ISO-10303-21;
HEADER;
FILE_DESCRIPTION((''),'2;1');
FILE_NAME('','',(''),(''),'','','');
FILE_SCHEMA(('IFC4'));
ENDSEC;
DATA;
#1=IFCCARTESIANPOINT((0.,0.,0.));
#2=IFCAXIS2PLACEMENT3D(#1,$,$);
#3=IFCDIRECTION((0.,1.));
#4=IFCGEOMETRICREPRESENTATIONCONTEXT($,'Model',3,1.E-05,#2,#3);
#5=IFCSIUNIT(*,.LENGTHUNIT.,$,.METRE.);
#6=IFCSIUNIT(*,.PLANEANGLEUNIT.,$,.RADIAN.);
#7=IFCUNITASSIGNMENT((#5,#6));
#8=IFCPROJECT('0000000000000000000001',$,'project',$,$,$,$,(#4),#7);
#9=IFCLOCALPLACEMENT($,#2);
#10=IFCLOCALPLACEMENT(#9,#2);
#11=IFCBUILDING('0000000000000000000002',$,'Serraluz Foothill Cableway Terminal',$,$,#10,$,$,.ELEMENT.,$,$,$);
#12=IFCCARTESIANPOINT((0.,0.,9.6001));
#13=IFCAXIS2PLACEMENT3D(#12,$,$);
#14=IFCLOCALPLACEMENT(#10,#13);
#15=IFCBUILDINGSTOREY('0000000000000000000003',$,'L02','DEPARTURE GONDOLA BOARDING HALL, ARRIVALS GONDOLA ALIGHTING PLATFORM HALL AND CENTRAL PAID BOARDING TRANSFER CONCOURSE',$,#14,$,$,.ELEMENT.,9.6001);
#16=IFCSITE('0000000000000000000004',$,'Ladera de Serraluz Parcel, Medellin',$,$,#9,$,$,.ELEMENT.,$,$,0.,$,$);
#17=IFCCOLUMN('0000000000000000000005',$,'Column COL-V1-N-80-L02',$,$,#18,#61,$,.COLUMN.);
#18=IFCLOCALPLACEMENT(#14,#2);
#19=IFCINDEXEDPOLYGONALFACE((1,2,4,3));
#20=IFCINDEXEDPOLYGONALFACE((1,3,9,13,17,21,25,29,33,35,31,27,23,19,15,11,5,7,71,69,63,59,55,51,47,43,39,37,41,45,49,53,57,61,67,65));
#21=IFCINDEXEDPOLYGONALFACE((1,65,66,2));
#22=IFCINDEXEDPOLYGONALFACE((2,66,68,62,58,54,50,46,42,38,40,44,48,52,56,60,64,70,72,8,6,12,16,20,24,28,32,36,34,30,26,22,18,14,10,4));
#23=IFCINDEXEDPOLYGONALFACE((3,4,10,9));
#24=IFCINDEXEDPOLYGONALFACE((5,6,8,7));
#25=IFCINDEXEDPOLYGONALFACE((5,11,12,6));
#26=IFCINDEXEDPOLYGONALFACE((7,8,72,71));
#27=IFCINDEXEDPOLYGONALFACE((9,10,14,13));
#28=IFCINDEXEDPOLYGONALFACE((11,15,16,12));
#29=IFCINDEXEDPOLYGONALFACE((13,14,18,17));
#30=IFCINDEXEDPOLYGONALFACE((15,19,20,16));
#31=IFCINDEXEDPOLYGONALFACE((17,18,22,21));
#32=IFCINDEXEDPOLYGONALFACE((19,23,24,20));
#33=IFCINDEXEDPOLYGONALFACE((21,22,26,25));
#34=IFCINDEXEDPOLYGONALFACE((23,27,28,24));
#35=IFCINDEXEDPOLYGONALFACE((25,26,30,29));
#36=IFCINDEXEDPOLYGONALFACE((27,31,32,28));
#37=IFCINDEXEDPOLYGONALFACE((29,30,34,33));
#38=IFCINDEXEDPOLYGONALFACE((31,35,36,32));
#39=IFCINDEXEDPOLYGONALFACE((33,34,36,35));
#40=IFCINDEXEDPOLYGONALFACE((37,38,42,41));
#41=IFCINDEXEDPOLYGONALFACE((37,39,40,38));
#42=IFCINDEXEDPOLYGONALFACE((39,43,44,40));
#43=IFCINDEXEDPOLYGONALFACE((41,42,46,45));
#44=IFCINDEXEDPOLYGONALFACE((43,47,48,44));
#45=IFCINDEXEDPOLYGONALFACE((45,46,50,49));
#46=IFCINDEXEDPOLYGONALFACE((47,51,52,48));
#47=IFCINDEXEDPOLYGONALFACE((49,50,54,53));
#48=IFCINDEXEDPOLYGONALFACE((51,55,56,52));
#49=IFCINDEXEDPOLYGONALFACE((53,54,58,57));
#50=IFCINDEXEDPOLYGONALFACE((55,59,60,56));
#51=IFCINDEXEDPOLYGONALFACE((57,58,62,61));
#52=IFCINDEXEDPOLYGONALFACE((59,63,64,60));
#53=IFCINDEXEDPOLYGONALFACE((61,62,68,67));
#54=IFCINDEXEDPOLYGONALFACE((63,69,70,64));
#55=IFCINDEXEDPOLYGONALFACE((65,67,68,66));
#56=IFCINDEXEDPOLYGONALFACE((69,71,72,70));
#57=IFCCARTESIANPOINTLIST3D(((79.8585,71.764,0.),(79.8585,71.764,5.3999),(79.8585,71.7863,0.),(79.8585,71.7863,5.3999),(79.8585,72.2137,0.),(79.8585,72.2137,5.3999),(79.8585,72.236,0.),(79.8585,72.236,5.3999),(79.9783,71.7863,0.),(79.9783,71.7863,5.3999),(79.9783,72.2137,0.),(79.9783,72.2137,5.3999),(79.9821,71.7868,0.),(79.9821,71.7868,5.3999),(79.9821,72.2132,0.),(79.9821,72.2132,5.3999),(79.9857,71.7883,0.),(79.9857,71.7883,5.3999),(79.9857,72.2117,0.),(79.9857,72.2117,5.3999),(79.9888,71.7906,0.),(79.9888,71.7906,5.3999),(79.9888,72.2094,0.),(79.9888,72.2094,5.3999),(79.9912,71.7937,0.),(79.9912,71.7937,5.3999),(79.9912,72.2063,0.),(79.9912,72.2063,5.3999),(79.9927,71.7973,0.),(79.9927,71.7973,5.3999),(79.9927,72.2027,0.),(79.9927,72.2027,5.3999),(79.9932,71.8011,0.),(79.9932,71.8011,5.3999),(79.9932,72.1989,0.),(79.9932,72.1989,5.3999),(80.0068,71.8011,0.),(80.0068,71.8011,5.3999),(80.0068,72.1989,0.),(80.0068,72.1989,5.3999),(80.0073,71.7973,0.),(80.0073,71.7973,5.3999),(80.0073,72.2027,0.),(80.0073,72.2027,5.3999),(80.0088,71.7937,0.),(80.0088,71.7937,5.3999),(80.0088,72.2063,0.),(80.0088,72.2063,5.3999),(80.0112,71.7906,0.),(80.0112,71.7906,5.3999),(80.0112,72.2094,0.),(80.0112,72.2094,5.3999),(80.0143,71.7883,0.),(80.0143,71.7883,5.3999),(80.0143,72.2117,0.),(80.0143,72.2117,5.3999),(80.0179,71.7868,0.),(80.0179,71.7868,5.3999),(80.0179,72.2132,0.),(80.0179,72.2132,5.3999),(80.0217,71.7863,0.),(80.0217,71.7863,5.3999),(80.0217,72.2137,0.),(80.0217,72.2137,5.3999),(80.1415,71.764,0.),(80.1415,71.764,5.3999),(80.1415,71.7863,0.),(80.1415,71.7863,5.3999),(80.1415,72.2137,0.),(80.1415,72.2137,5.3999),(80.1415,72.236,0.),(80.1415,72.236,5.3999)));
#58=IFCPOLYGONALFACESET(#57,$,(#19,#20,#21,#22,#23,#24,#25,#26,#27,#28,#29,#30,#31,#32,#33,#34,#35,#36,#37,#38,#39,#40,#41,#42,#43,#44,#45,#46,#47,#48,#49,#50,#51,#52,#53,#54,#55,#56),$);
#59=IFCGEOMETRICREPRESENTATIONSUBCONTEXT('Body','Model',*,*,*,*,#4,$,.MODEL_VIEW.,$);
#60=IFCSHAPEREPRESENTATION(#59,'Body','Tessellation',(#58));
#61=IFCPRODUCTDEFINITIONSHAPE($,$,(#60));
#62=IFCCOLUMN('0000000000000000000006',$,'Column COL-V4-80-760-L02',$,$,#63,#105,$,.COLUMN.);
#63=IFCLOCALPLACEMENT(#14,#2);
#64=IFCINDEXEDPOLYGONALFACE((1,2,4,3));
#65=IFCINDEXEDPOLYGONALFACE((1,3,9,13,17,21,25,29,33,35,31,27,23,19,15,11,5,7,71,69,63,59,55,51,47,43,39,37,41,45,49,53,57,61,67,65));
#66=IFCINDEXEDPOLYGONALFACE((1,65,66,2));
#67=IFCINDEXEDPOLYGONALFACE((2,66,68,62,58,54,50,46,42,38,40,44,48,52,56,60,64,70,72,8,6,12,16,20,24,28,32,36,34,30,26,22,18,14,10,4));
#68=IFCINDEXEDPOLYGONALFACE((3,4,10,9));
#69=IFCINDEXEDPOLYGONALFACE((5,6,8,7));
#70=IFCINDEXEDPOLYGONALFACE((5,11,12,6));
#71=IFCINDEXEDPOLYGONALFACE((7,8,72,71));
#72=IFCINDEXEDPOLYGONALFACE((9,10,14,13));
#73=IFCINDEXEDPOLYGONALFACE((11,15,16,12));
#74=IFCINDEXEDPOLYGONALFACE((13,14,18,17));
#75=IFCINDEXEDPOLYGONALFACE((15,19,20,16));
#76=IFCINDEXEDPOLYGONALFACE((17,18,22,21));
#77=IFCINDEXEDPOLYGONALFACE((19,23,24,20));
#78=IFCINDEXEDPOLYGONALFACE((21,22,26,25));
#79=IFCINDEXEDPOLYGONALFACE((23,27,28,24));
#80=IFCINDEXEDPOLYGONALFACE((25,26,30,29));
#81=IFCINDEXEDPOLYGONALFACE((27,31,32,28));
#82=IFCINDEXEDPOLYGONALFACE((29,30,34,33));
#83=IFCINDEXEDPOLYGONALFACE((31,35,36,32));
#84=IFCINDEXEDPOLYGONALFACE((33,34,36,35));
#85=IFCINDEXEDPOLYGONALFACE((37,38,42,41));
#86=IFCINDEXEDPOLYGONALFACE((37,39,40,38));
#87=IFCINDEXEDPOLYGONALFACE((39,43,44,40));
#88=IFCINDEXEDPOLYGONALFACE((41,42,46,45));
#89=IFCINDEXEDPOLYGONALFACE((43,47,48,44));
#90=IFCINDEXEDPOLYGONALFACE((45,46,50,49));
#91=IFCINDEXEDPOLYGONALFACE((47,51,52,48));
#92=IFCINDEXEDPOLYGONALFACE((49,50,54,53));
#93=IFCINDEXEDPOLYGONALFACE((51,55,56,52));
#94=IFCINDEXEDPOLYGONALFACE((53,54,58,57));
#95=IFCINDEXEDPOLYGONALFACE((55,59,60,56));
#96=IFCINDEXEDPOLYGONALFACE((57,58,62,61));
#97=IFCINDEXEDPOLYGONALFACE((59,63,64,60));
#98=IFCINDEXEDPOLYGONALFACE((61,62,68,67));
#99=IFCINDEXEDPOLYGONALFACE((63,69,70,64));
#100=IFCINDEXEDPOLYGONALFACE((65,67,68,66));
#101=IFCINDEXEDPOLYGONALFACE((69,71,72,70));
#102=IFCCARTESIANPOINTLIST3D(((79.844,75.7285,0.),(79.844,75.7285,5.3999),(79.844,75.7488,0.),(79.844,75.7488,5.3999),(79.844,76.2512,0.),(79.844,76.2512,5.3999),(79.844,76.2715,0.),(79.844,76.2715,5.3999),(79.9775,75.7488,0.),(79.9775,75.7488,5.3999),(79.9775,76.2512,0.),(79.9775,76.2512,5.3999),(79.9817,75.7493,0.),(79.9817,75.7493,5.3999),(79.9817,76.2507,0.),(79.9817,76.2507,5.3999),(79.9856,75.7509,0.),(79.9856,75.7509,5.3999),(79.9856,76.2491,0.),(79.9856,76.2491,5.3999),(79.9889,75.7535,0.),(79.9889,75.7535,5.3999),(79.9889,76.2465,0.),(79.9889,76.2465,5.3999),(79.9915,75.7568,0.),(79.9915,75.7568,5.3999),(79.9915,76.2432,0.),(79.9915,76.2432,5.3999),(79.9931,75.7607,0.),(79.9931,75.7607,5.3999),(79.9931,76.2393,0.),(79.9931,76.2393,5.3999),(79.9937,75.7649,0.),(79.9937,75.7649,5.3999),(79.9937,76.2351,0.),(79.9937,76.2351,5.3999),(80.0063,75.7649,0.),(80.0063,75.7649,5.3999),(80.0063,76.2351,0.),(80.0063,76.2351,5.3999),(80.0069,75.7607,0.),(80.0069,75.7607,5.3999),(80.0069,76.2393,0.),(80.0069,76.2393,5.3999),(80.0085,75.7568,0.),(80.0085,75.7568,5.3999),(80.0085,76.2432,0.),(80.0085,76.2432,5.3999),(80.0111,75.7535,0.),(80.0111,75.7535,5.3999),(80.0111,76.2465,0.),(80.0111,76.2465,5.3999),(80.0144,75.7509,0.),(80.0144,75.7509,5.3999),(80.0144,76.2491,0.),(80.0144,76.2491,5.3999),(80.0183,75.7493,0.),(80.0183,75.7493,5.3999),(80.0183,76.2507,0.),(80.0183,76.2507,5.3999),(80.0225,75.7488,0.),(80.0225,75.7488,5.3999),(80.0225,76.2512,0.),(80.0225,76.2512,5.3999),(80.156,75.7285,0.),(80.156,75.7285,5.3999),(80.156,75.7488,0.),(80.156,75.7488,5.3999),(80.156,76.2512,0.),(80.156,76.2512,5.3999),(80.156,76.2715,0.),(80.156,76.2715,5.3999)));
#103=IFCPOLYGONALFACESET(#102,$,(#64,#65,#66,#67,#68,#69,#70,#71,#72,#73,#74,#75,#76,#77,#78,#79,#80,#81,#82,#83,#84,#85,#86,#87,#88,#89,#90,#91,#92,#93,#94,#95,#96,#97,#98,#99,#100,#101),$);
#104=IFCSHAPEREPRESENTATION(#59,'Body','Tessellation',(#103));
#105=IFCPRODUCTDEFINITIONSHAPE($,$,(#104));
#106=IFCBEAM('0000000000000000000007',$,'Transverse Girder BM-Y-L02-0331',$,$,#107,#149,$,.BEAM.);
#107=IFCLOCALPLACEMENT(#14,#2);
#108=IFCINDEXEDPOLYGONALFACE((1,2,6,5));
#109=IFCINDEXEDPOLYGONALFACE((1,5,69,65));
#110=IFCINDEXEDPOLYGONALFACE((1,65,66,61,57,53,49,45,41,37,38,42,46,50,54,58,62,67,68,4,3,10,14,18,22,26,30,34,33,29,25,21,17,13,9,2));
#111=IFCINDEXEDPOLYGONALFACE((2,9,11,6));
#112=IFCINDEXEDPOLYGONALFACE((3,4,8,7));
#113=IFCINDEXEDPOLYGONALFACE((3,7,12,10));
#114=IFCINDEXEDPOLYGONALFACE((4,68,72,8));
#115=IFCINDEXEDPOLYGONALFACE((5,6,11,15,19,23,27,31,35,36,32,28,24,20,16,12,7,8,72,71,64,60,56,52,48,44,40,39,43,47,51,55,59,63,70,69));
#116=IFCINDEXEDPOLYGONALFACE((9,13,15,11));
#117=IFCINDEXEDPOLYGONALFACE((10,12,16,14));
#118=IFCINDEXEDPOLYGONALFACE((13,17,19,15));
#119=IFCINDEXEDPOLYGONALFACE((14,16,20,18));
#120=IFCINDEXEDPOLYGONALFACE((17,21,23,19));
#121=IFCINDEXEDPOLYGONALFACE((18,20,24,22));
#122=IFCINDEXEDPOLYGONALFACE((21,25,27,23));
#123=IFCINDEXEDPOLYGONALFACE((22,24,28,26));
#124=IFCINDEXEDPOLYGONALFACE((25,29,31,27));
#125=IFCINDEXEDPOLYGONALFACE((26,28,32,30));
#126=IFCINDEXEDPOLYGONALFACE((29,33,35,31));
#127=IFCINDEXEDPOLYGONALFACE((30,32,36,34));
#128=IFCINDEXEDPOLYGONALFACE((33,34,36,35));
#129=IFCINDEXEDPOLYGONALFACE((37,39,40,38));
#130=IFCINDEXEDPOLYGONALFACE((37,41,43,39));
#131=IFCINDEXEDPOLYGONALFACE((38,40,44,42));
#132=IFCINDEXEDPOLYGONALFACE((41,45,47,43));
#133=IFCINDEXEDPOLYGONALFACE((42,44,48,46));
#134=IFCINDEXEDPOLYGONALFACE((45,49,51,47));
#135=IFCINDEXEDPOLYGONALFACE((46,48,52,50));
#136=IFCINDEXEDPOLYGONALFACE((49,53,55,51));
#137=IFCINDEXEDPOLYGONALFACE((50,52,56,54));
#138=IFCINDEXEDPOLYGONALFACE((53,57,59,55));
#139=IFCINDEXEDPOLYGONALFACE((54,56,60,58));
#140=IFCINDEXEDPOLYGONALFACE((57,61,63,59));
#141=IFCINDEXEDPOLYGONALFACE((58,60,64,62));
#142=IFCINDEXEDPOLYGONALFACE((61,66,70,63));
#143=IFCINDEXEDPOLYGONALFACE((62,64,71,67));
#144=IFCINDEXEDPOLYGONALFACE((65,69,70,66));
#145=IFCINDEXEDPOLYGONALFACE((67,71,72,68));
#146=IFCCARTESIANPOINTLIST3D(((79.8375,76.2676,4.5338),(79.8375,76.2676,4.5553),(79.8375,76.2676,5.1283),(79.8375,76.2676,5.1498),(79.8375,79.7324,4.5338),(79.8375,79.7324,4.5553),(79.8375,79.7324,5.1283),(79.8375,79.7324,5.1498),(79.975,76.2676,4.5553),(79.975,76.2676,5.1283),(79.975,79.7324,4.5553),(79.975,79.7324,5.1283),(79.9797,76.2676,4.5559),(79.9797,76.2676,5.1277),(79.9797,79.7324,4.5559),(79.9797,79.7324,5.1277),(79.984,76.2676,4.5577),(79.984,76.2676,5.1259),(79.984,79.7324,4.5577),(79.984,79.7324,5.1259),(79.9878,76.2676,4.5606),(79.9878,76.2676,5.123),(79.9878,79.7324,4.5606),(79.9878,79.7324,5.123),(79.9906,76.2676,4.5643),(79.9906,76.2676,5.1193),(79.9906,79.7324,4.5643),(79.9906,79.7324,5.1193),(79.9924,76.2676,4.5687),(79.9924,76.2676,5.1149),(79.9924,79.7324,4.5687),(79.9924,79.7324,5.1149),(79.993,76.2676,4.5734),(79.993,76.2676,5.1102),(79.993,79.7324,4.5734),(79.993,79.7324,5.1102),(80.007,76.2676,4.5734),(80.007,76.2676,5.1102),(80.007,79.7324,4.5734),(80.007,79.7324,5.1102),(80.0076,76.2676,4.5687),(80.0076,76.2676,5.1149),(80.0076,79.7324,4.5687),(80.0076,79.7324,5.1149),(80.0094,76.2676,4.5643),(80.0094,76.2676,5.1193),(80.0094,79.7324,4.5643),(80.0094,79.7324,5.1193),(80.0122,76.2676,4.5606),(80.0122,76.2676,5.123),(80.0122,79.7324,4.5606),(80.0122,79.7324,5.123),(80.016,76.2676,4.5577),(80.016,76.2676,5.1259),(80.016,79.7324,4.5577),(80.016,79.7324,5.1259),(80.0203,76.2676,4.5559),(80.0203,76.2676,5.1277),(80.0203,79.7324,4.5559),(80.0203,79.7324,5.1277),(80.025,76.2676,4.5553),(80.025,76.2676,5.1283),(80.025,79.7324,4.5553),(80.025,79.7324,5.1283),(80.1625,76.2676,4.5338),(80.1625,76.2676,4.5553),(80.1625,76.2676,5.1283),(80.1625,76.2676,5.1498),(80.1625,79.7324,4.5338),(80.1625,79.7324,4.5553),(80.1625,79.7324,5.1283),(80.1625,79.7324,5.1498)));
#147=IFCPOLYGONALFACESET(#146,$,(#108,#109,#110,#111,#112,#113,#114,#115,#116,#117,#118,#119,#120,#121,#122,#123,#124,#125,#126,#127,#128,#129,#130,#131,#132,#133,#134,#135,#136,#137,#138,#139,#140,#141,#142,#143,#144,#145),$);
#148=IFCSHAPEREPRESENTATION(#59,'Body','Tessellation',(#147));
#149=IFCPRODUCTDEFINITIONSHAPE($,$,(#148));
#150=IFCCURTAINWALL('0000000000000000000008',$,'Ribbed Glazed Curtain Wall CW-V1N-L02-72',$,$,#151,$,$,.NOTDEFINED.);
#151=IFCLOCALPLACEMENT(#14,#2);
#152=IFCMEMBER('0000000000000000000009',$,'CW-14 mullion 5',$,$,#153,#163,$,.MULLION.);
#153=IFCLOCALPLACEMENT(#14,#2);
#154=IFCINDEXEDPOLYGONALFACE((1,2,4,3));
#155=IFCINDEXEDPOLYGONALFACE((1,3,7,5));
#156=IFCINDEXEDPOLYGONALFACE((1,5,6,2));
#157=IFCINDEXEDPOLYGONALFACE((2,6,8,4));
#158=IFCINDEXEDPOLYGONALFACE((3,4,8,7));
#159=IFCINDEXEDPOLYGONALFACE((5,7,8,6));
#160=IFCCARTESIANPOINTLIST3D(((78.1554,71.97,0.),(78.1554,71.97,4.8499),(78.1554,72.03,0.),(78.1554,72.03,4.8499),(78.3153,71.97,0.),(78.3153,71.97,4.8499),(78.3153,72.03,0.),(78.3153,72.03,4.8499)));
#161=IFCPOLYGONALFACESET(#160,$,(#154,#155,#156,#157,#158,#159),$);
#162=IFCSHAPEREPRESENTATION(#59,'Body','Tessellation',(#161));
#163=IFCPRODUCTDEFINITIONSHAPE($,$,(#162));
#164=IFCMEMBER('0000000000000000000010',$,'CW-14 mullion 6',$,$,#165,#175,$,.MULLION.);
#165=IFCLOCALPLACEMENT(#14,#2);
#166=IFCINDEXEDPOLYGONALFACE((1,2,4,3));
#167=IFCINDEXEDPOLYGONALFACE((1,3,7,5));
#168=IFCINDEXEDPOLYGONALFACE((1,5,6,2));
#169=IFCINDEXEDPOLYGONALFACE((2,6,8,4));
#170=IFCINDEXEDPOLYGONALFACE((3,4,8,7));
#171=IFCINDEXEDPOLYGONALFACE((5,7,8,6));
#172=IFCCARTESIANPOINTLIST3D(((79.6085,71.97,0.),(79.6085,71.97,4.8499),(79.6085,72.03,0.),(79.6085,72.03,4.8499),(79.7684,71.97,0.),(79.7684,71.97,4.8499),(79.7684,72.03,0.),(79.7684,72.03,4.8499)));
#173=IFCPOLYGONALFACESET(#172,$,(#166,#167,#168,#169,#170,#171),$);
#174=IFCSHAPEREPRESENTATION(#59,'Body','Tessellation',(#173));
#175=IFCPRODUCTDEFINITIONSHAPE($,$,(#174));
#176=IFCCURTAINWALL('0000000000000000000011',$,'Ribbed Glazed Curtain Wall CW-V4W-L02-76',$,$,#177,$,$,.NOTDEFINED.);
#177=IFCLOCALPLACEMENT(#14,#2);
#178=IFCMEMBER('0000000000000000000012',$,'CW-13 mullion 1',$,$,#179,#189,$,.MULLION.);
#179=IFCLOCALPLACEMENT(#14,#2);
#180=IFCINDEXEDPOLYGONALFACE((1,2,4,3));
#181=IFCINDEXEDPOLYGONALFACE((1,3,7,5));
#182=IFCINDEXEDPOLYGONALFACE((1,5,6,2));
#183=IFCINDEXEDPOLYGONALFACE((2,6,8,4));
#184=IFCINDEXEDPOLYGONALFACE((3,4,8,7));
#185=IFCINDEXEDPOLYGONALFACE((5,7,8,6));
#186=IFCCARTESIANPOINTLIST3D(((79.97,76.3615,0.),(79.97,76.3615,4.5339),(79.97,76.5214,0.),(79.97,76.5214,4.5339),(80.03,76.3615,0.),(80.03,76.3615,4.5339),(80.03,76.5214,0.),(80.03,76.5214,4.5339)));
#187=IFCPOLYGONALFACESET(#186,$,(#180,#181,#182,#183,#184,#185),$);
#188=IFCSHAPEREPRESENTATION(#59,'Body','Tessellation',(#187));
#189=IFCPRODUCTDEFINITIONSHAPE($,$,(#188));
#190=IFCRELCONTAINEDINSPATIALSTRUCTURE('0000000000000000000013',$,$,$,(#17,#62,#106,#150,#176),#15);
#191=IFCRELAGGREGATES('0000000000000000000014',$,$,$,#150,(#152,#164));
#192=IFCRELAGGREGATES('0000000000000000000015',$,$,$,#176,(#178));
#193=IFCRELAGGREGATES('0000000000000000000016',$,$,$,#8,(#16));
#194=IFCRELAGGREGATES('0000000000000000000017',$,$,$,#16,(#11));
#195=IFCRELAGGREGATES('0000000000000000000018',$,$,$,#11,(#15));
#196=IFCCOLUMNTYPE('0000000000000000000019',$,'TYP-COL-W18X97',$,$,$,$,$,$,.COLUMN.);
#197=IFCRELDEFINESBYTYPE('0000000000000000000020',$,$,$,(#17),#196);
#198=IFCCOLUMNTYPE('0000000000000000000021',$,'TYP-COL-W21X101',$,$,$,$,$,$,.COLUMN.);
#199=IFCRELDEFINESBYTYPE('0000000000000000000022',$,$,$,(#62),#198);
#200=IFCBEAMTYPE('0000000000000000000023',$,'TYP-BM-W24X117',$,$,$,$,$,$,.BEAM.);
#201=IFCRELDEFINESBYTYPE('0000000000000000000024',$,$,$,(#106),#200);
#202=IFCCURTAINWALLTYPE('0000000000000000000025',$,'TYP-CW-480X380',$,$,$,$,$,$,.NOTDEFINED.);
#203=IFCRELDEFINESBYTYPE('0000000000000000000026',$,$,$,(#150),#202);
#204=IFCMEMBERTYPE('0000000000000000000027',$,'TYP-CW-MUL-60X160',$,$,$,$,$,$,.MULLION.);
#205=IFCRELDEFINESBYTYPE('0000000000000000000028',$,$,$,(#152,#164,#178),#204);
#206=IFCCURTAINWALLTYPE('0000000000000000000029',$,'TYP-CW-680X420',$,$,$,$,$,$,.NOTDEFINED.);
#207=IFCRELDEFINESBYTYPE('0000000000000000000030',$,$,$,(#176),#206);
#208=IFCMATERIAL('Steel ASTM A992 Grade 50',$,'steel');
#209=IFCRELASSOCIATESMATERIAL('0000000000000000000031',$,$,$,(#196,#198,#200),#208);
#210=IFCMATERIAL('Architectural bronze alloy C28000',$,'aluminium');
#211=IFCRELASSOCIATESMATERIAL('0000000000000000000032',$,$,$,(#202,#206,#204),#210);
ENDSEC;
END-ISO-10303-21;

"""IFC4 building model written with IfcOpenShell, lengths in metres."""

from ifc_helpers import new_model, si_unit, direction, frame, origin, origin_2d, place, context, subcontext, project, spatial, rectangle, i_section, extrude, material, material_profile, profile_set, type_object, element, aggregate, save


model = new_model("IFC4")

# Units and contexts
model_context = context("Model", 3, precision=1e-05, world=origin(), true_north=direction((0.0, 1.0)))
body_context = subcontext(model_context, "Body", "Model", "MODEL_VIEW")
ifc_project = project(units=[si_unit("LENGTHUNIT", "METRE"), si_unit("PLANEANGLEUNIT", "RADIAN")], contexts=[model_context])

# Site, building, storey
site_placement = place(None, origin())
site = spatial("IfcSite", under=ifc_project, at=site_placement, Name="Ladera de Serraluz Parcel, Medellin", CompositionType="ELEMENT", RefElevation=0.0)
building_placement = place(site_placement, origin())
building = spatial("IfcBuilding", under=site, at=building_placement, Name="Serraluz Foothill Cableway Terminal", CompositionType="ELEMENT")
storey_placement = place(building_placement, frame((0.0, 0.0, 9.6001)))
storey = spatial("IfcBuildingStorey", under=building, at=storey_placement, Name="L02", Description="DEPARTURE GONDOLA BOARDING HALL, ARRIVALS GONDOLA ALIGHTING PLATFORM HALL AND CENTRAL PAID BOARDING TRANSFER CONCOURSE", CompositionType="ELEMENT", Elevation=9.6001)

# Columns
ifc_material_1 = material(Name="Steel ASTM A992 Grade 50", Category="steel")
ifc_material_profile_1 = material_profile(ifc_material_1, i_section(OverallWidth=0.283, OverallDepth=0.4719, WebThickness=0.0137, FlangeThickness=0.0222, FilletRadius=0.0149, at=origin_2d()), Name="W18X97")
ifc_profile_set_1 = profile_set([ifc_material_profile_1], Name="Steel ASTM A992 Grade 50")
column_type_1 = type_object("IfcColumnType", Name="TYP-COL-W18X97", PredefinedType="COLUMN", material=ifc_profile_set_1)
column_1_placement = place(storey_placement, frame((80.0, 72.0, 0.0), z_axis=(0.0, 0.0, 1.0), x_axis=(1.0, 0.0, 0.0)))
element("IfcColumn", 1, at=column_1_placement, inside=storey, type_object=column_type_1, Name="Column COL-V1-N-80-L02", PredefinedType="COLUMN", context=body_context, shape_type="SweptSolid", body=[
    extrude(i_section(OverallWidth=0.283, OverallDepth=0.4719, WebThickness=0.0137, FlangeThickness=0.0222, FilletRadius=0.0149, at=origin_2d()), origin(), (0.0, 0.0, 1.0), 5.3999),
])
ifc_material_profile_2 = material_profile(ifc_material_1, i_section(OverallWidth=0.312, OverallDepth=0.543, WebThickness=0.0127, FlangeThickness=0.0203, FilletRadius=0.0161, at=origin_2d()), Name="W21X101")
ifc_profile_set_2 = profile_set([ifc_material_profile_2], Name="Steel ASTM A992 Grade 50")
column_type_2 = type_object("IfcColumnType", Name="TYP-COL-W21X101", PredefinedType="COLUMN", material=ifc_profile_set_2)
column_2_placement = place(storey_placement, frame((80.0, 76.0, 0.0), z_axis=(0.0, 0.0, 1.0), x_axis=(1.0, 0.0, 0.0)))
element("IfcColumn", 2, at=column_2_placement, inside=storey, type_object=column_type_2, Name="Column COL-V4-80-760-L02", PredefinedType="COLUMN", context=body_context, shape_type="SweptSolid", body=[
    extrude(i_section(OverallWidth=0.312, OverallDepth=0.543, WebThickness=0.0127, FlangeThickness=0.0203, FilletRadius=0.0161, at=origin_2d()), origin(), (0.0, 0.0, 1.0), 5.3999),
])

# Beam
ifc_material_profile_3 = material_profile(ifc_material_1, i_section(OverallWidth=0.325, OverallDepth=0.616, WebThickness=0.0139, FlangeThickness=0.0215, FilletRadius=0.0181, at=origin_2d()), Name="W24X117")
ifc_profile_set_3 = profile_set([ifc_material_profile_3], Name="Steel ASTM A992 Grade 50")
beam_type = type_object("IfcBeamType", Name="TYP-BM-W24X117", PredefinedType="BEAM", material=ifc_profile_set_3)
beam_placement = place(storey_placement, frame((80.0, 76.2676, 4.8418), z_axis=(0.0, 1.0, 0.0), x_axis=(-1.0, 0.0, 0.0)))
element("IfcBeam", 3, at=beam_placement, inside=storey, type_object=beam_type, Name="Transverse Girder BM-Y-L02-0331", PredefinedType="BEAM", context=body_context, shape_type="SweptSolid", body=[
    extrude(i_section(OverallWidth=0.325, OverallDepth=0.616, WebThickness=0.0139, FlangeThickness=0.0215, FilletRadius=0.0181, at=origin_2d()), origin(), (0.0, 0.0, 1.0), 3.4648),
])

# Curtain wall, members
ifc_material_2 = material(Name="Architectural bronze alloy C28000", Category="aluminium")
curtain_wall_type_1 = type_object("IfcCurtainWallType", Name="TYP-CW-480X380", PredefinedType="NOTDEFINED", material=ifc_material_2)
curtain_wall_1_placement = place(storey_placement, origin())
curtain_wall_1 = element("IfcCurtainWall", 4, at=curtain_wall_1_placement, inside=storey, type_object=curtain_wall_type_1, Name="Ribbed Glazed Curtain Wall CW-V1N-L02-72", PredefinedType="NOTDEFINED")
ifc_material_profile_4 = material_profile(ifc_material_2, rectangle(XDim=0.0601, YDim=0.1599, at=origin_2d()), Name="ALU MULLION 60x160")
ifc_profile_set_4 = profile_set([ifc_material_profile_4], Name="Architectural bronze alloy C28000")
member_type_1 = type_object("IfcMemberType", Name="TYP-CW-MUL-60X160", PredefinedType="MULLION", material=ifc_profile_set_4)
member_1_placement = place(storey_placement, frame((78.2354, 72.0, 0.0), z_axis=(0.0, 0.0, 1.0), x_axis=(0.0, 1.0, 0.0)))
member_1 = element("IfcMember", 5, at=member_1_placement, type_object=member_type_1, Name="CW-14 mullion 5", PredefinedType="MULLION", context=body_context, shape_type="SweptSolid", body=[
    extrude(rectangle(XDim=0.0601, YDim=0.1599, at=origin_2d()), origin(), (0.0, 0.0, 1.0), 4.8499),
])
member_2_placement = place(storey_placement, frame((79.6885, 72.0, 0.0), z_axis=(0.0, 0.0, 1.0), x_axis=(0.0, 1.0, 0.0)))
member_2 = element("IfcMember", 6, at=member_2_placement, type_object=member_type_1, Name="CW-14 mullion 6", PredefinedType="MULLION", context=body_context, shape_type="SweptSolid", body=[
    extrude(rectangle(XDim=0.0601, YDim=0.1599, at=origin_2d()), origin(), (0.0, 0.0, 1.0), 4.8499),
])

# Curtain wall, member
curtain_wall_type_2 = type_object("IfcCurtainWallType", Name="TYP-CW-680X420", PredefinedType="NOTDEFINED", material=ifc_material_2)
curtain_wall_2_placement = place(storey_placement, origin())
curtain_wall_2 = element("IfcCurtainWall", 7, at=curtain_wall_2_placement, inside=storey, type_object=curtain_wall_type_2, Name="Ribbed Glazed Curtain Wall CW-V4W-L02-76", PredefinedType="NOTDEFINED")
member_3_placement = place(storey_placement, frame((80.0, 76.4414, 0.0), z_axis=(0.0, 0.0, 1.0), x_axis=(-1.0, 0.0, 0.0)))
member_3 = element("IfcMember", 8, at=member_3_placement, type_object=member_type_1, Name="CW-13 mullion 1", PredefinedType="MULLION", context=body_context, shape_type="SweptSolid", body=[
    extrude(rectangle(XDim=0.0601, YDim=0.1599, at=origin_2d()), origin(), (0.0, 0.0, 1.0), 4.5339),
])

aggregate(curtain_wall_1, [member_1, member_2])
aggregate(curtain_wall_2, [member_3])

save(model, "model.ifc")
